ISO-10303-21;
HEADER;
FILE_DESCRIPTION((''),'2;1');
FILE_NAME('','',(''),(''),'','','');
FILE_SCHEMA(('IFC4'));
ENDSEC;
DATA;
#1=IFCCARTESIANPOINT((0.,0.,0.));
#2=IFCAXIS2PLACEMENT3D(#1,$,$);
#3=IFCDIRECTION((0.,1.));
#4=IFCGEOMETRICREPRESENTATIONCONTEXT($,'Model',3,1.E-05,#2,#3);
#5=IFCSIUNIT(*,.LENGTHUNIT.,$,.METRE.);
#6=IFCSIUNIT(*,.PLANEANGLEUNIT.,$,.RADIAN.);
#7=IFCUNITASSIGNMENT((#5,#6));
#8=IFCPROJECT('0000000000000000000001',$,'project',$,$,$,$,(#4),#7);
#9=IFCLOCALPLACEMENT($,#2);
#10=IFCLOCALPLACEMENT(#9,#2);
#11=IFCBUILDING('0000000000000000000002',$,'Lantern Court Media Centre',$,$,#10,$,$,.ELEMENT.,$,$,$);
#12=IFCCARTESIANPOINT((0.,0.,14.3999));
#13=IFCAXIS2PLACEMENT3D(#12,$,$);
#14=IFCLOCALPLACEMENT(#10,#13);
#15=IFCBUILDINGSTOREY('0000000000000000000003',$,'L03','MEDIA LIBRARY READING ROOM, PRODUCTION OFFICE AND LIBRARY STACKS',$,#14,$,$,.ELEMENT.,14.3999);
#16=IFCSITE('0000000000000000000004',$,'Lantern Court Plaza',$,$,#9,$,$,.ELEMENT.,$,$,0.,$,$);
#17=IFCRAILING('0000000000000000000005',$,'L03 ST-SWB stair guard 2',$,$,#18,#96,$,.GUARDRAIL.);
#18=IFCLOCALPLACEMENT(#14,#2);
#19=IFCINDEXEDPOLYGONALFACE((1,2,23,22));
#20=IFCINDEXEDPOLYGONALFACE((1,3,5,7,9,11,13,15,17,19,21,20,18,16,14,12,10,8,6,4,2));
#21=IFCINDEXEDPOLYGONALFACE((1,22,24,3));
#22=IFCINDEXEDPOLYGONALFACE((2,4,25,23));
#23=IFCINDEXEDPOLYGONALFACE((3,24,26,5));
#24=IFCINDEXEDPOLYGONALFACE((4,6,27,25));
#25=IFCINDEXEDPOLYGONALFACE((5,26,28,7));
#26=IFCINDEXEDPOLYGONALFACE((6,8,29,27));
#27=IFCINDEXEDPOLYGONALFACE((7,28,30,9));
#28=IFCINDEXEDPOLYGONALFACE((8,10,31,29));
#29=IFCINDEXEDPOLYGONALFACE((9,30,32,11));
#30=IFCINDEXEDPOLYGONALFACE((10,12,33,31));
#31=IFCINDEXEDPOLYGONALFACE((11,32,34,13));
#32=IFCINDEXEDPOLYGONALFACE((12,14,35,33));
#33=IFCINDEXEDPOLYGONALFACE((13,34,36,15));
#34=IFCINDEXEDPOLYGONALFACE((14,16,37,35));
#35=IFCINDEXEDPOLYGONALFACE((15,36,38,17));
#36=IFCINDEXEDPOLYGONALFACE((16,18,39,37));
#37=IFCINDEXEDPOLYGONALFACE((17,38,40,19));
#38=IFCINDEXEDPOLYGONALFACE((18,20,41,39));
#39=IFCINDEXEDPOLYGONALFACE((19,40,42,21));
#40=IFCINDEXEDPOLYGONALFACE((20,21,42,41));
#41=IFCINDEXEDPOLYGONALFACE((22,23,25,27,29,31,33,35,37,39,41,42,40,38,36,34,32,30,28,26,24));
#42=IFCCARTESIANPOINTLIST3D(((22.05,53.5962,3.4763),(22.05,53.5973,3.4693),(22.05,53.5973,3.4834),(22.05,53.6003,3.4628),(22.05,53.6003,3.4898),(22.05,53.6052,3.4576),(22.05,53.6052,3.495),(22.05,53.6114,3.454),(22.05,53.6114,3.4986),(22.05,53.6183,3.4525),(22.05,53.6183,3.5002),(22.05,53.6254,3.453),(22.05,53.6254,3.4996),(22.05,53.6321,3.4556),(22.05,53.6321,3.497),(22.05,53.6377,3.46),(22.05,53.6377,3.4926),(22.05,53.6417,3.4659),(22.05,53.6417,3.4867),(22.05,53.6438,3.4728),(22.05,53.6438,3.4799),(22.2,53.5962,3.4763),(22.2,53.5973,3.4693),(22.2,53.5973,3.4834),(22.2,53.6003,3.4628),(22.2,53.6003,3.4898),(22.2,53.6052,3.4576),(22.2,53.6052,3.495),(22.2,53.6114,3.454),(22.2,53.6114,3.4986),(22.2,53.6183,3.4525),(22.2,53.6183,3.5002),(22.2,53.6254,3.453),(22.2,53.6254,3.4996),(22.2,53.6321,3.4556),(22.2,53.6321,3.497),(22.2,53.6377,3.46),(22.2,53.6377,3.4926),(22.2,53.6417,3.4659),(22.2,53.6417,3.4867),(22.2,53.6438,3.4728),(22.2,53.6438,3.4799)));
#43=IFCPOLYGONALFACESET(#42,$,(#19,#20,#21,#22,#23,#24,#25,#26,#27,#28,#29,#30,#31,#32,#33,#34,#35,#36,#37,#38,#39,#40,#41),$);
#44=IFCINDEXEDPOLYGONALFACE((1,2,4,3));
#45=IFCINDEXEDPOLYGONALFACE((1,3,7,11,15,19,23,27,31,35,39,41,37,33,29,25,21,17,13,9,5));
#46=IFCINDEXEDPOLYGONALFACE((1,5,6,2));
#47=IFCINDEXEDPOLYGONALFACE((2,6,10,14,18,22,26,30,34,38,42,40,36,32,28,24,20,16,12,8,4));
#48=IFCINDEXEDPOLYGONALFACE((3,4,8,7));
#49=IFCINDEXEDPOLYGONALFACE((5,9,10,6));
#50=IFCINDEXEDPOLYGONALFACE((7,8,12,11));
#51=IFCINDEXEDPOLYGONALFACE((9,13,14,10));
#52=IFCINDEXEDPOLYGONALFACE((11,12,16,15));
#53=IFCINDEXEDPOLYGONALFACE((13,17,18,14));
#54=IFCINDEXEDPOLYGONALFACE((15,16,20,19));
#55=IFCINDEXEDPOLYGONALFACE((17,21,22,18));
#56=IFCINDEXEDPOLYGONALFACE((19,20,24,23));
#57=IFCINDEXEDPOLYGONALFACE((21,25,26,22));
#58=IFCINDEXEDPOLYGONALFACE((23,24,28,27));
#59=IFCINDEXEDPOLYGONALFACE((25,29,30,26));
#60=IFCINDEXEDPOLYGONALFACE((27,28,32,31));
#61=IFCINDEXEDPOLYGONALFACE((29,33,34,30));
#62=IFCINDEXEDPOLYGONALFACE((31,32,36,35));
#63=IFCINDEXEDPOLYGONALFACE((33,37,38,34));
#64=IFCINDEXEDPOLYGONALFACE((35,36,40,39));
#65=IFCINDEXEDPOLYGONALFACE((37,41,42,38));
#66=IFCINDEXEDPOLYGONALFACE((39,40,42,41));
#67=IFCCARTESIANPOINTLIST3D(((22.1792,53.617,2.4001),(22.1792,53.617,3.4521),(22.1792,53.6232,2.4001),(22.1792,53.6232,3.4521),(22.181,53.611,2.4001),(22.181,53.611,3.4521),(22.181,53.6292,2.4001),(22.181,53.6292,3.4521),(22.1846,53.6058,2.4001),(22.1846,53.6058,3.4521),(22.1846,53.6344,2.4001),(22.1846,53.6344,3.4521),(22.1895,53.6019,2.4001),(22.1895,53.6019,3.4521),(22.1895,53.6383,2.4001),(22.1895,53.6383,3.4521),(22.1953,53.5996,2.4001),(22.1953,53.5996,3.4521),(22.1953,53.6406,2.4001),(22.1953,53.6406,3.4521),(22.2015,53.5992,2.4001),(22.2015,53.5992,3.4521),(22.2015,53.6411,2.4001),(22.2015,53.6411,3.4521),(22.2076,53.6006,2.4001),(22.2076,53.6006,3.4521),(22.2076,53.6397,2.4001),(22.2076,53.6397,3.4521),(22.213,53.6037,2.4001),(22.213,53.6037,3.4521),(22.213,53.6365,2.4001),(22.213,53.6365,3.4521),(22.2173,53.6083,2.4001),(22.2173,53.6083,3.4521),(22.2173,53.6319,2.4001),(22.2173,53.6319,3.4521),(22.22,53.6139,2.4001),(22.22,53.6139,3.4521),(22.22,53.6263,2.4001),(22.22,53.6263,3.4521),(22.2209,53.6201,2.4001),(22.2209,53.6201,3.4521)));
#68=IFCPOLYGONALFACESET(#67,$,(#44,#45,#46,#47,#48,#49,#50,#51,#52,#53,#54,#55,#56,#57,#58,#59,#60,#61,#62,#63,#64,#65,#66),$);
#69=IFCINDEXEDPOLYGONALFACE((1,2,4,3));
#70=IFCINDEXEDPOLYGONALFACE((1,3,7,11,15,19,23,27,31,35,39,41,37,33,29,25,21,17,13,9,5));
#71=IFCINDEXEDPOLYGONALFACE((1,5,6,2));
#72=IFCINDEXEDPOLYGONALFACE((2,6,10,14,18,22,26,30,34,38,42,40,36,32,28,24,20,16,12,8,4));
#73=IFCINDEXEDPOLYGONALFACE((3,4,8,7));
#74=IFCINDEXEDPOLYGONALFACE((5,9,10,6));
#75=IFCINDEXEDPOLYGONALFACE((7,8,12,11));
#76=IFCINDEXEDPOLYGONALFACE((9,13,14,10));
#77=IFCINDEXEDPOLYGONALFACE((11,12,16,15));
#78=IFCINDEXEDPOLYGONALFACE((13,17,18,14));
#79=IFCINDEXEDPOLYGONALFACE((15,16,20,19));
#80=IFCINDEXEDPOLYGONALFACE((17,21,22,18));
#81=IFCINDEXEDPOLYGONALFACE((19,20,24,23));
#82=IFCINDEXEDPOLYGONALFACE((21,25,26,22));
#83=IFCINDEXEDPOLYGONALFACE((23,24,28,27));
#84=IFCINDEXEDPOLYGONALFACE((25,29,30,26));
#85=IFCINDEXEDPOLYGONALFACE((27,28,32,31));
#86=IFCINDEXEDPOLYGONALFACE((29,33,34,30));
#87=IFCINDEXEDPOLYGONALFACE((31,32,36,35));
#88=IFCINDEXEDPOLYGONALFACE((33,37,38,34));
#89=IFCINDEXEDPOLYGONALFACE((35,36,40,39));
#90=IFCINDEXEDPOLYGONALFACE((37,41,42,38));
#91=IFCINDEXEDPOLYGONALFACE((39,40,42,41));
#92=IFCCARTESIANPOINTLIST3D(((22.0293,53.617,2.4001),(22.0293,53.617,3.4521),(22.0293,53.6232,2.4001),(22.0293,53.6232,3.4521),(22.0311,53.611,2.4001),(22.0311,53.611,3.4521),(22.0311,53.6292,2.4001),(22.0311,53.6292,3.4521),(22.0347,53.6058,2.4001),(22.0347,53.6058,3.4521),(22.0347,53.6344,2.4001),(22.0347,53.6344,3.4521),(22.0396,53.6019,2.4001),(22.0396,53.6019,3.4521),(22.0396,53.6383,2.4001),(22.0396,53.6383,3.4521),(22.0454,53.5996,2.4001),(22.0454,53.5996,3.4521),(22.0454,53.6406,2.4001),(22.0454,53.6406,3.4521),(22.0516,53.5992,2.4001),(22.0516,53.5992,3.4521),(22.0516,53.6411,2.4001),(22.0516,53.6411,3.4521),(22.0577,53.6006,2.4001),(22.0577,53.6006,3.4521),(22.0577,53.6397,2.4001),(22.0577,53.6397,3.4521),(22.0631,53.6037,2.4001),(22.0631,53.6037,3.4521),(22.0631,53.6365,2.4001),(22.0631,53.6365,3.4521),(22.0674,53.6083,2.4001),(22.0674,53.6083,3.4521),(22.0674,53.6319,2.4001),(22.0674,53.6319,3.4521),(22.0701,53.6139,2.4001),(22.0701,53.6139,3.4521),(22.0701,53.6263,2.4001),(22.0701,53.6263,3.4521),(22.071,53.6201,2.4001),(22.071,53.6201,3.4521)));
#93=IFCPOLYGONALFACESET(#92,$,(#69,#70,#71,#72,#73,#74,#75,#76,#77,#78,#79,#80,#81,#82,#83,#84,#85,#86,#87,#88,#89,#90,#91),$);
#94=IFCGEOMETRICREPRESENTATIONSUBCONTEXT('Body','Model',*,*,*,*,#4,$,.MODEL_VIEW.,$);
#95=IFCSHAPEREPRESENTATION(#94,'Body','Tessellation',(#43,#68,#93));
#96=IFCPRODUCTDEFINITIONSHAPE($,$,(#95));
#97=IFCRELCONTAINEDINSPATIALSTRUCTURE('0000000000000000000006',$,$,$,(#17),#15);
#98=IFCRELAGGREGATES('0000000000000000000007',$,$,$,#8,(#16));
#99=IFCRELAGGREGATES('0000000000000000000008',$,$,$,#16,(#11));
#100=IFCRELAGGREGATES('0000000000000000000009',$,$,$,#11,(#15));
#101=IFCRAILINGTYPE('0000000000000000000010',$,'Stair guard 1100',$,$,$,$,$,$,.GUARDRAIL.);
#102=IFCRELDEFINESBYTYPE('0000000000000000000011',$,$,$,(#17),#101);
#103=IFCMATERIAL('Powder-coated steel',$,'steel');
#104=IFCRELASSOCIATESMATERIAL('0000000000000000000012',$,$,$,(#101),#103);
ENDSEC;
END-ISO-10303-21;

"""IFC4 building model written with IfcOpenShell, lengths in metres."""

from ifc_helpers import new_model, si_unit, direction, frame, origin, origin_2d, place, context, subcontext, project, spatial, circle, extrude, material, type_object, element, save


model = new_model("IFC4")

# Units and contexts
model_context = context("Model", 3, precision=1e-05, world=origin(), true_north=direction((0.0, 1.0)))
body_context = subcontext(model_context, "Body", "Model", "MODEL_VIEW")
ifc_project = project(units=[si_unit("LENGTHUNIT", "METRE"), si_unit("PLANEANGLEUNIT", "RADIAN")], contexts=[model_context])

# Site, building, storey
site_placement = place(None, origin())
site = spatial("IfcSite", under=ifc_project, at=site_placement, Name="Lantern Court Plaza", CompositionType="ELEMENT", RefElevation=0.0)
building_placement = place(site_placement, origin())
building = spatial("IfcBuilding", under=site, at=building_placement, Name="Lantern Court Media Centre", CompositionType="ELEMENT")
storey_placement = place(building_placement, frame((0.0, 0.0, 14.3999)))
storey = spatial("IfcBuildingStorey", under=building, at=storey_placement, Name="L03", Description="MEDIA LIBRARY READING ROOM, PRODUCTION OFFICE AND LIBRARY STACKS", CompositionType="ELEMENT", Elevation=14.3999)

# Railing
ifc_material_1 = material(Name="Powder-coated steel", Category="steel")
railing_type_1 = type_object("IfcRailingType", Name="Stair guard 1100", PredefinedType="GUARDRAIL", material=ifc_material_1)
railing_1_placement = place(storey_placement, frame((22.2, 53.6201, 2.4001)))
element("IfcRailing", 1, at=railing_1_placement, inside=storey, type_object=railing_type_1, Name="L03 ST-SWB stair guard 2", PredefinedType="GUARDRAIL", context=body_context, shape_type="SweptSolid", body=[
    extrude(circle(Radius=0.0239, at=origin_2d()), frame((0.0, 0.0, 1.0762), z_axis=(-1.0, 0.0, 0.0), x_axis=(0.0, -1.0, 0.0)), (0.0, 0.0, 1.0), 0.1499),
    extrude(circle(Radius=0.021, at=origin_2d()), origin(), (0.0, 0.0, 1.0), 1.052),
    extrude(circle(Radius=0.021, at=origin_2d()), frame((-0.1499, 0.0, 0.0)), (0.0, 0.0, 1.0), 1.052),
])

save(model, "model.ifc")
